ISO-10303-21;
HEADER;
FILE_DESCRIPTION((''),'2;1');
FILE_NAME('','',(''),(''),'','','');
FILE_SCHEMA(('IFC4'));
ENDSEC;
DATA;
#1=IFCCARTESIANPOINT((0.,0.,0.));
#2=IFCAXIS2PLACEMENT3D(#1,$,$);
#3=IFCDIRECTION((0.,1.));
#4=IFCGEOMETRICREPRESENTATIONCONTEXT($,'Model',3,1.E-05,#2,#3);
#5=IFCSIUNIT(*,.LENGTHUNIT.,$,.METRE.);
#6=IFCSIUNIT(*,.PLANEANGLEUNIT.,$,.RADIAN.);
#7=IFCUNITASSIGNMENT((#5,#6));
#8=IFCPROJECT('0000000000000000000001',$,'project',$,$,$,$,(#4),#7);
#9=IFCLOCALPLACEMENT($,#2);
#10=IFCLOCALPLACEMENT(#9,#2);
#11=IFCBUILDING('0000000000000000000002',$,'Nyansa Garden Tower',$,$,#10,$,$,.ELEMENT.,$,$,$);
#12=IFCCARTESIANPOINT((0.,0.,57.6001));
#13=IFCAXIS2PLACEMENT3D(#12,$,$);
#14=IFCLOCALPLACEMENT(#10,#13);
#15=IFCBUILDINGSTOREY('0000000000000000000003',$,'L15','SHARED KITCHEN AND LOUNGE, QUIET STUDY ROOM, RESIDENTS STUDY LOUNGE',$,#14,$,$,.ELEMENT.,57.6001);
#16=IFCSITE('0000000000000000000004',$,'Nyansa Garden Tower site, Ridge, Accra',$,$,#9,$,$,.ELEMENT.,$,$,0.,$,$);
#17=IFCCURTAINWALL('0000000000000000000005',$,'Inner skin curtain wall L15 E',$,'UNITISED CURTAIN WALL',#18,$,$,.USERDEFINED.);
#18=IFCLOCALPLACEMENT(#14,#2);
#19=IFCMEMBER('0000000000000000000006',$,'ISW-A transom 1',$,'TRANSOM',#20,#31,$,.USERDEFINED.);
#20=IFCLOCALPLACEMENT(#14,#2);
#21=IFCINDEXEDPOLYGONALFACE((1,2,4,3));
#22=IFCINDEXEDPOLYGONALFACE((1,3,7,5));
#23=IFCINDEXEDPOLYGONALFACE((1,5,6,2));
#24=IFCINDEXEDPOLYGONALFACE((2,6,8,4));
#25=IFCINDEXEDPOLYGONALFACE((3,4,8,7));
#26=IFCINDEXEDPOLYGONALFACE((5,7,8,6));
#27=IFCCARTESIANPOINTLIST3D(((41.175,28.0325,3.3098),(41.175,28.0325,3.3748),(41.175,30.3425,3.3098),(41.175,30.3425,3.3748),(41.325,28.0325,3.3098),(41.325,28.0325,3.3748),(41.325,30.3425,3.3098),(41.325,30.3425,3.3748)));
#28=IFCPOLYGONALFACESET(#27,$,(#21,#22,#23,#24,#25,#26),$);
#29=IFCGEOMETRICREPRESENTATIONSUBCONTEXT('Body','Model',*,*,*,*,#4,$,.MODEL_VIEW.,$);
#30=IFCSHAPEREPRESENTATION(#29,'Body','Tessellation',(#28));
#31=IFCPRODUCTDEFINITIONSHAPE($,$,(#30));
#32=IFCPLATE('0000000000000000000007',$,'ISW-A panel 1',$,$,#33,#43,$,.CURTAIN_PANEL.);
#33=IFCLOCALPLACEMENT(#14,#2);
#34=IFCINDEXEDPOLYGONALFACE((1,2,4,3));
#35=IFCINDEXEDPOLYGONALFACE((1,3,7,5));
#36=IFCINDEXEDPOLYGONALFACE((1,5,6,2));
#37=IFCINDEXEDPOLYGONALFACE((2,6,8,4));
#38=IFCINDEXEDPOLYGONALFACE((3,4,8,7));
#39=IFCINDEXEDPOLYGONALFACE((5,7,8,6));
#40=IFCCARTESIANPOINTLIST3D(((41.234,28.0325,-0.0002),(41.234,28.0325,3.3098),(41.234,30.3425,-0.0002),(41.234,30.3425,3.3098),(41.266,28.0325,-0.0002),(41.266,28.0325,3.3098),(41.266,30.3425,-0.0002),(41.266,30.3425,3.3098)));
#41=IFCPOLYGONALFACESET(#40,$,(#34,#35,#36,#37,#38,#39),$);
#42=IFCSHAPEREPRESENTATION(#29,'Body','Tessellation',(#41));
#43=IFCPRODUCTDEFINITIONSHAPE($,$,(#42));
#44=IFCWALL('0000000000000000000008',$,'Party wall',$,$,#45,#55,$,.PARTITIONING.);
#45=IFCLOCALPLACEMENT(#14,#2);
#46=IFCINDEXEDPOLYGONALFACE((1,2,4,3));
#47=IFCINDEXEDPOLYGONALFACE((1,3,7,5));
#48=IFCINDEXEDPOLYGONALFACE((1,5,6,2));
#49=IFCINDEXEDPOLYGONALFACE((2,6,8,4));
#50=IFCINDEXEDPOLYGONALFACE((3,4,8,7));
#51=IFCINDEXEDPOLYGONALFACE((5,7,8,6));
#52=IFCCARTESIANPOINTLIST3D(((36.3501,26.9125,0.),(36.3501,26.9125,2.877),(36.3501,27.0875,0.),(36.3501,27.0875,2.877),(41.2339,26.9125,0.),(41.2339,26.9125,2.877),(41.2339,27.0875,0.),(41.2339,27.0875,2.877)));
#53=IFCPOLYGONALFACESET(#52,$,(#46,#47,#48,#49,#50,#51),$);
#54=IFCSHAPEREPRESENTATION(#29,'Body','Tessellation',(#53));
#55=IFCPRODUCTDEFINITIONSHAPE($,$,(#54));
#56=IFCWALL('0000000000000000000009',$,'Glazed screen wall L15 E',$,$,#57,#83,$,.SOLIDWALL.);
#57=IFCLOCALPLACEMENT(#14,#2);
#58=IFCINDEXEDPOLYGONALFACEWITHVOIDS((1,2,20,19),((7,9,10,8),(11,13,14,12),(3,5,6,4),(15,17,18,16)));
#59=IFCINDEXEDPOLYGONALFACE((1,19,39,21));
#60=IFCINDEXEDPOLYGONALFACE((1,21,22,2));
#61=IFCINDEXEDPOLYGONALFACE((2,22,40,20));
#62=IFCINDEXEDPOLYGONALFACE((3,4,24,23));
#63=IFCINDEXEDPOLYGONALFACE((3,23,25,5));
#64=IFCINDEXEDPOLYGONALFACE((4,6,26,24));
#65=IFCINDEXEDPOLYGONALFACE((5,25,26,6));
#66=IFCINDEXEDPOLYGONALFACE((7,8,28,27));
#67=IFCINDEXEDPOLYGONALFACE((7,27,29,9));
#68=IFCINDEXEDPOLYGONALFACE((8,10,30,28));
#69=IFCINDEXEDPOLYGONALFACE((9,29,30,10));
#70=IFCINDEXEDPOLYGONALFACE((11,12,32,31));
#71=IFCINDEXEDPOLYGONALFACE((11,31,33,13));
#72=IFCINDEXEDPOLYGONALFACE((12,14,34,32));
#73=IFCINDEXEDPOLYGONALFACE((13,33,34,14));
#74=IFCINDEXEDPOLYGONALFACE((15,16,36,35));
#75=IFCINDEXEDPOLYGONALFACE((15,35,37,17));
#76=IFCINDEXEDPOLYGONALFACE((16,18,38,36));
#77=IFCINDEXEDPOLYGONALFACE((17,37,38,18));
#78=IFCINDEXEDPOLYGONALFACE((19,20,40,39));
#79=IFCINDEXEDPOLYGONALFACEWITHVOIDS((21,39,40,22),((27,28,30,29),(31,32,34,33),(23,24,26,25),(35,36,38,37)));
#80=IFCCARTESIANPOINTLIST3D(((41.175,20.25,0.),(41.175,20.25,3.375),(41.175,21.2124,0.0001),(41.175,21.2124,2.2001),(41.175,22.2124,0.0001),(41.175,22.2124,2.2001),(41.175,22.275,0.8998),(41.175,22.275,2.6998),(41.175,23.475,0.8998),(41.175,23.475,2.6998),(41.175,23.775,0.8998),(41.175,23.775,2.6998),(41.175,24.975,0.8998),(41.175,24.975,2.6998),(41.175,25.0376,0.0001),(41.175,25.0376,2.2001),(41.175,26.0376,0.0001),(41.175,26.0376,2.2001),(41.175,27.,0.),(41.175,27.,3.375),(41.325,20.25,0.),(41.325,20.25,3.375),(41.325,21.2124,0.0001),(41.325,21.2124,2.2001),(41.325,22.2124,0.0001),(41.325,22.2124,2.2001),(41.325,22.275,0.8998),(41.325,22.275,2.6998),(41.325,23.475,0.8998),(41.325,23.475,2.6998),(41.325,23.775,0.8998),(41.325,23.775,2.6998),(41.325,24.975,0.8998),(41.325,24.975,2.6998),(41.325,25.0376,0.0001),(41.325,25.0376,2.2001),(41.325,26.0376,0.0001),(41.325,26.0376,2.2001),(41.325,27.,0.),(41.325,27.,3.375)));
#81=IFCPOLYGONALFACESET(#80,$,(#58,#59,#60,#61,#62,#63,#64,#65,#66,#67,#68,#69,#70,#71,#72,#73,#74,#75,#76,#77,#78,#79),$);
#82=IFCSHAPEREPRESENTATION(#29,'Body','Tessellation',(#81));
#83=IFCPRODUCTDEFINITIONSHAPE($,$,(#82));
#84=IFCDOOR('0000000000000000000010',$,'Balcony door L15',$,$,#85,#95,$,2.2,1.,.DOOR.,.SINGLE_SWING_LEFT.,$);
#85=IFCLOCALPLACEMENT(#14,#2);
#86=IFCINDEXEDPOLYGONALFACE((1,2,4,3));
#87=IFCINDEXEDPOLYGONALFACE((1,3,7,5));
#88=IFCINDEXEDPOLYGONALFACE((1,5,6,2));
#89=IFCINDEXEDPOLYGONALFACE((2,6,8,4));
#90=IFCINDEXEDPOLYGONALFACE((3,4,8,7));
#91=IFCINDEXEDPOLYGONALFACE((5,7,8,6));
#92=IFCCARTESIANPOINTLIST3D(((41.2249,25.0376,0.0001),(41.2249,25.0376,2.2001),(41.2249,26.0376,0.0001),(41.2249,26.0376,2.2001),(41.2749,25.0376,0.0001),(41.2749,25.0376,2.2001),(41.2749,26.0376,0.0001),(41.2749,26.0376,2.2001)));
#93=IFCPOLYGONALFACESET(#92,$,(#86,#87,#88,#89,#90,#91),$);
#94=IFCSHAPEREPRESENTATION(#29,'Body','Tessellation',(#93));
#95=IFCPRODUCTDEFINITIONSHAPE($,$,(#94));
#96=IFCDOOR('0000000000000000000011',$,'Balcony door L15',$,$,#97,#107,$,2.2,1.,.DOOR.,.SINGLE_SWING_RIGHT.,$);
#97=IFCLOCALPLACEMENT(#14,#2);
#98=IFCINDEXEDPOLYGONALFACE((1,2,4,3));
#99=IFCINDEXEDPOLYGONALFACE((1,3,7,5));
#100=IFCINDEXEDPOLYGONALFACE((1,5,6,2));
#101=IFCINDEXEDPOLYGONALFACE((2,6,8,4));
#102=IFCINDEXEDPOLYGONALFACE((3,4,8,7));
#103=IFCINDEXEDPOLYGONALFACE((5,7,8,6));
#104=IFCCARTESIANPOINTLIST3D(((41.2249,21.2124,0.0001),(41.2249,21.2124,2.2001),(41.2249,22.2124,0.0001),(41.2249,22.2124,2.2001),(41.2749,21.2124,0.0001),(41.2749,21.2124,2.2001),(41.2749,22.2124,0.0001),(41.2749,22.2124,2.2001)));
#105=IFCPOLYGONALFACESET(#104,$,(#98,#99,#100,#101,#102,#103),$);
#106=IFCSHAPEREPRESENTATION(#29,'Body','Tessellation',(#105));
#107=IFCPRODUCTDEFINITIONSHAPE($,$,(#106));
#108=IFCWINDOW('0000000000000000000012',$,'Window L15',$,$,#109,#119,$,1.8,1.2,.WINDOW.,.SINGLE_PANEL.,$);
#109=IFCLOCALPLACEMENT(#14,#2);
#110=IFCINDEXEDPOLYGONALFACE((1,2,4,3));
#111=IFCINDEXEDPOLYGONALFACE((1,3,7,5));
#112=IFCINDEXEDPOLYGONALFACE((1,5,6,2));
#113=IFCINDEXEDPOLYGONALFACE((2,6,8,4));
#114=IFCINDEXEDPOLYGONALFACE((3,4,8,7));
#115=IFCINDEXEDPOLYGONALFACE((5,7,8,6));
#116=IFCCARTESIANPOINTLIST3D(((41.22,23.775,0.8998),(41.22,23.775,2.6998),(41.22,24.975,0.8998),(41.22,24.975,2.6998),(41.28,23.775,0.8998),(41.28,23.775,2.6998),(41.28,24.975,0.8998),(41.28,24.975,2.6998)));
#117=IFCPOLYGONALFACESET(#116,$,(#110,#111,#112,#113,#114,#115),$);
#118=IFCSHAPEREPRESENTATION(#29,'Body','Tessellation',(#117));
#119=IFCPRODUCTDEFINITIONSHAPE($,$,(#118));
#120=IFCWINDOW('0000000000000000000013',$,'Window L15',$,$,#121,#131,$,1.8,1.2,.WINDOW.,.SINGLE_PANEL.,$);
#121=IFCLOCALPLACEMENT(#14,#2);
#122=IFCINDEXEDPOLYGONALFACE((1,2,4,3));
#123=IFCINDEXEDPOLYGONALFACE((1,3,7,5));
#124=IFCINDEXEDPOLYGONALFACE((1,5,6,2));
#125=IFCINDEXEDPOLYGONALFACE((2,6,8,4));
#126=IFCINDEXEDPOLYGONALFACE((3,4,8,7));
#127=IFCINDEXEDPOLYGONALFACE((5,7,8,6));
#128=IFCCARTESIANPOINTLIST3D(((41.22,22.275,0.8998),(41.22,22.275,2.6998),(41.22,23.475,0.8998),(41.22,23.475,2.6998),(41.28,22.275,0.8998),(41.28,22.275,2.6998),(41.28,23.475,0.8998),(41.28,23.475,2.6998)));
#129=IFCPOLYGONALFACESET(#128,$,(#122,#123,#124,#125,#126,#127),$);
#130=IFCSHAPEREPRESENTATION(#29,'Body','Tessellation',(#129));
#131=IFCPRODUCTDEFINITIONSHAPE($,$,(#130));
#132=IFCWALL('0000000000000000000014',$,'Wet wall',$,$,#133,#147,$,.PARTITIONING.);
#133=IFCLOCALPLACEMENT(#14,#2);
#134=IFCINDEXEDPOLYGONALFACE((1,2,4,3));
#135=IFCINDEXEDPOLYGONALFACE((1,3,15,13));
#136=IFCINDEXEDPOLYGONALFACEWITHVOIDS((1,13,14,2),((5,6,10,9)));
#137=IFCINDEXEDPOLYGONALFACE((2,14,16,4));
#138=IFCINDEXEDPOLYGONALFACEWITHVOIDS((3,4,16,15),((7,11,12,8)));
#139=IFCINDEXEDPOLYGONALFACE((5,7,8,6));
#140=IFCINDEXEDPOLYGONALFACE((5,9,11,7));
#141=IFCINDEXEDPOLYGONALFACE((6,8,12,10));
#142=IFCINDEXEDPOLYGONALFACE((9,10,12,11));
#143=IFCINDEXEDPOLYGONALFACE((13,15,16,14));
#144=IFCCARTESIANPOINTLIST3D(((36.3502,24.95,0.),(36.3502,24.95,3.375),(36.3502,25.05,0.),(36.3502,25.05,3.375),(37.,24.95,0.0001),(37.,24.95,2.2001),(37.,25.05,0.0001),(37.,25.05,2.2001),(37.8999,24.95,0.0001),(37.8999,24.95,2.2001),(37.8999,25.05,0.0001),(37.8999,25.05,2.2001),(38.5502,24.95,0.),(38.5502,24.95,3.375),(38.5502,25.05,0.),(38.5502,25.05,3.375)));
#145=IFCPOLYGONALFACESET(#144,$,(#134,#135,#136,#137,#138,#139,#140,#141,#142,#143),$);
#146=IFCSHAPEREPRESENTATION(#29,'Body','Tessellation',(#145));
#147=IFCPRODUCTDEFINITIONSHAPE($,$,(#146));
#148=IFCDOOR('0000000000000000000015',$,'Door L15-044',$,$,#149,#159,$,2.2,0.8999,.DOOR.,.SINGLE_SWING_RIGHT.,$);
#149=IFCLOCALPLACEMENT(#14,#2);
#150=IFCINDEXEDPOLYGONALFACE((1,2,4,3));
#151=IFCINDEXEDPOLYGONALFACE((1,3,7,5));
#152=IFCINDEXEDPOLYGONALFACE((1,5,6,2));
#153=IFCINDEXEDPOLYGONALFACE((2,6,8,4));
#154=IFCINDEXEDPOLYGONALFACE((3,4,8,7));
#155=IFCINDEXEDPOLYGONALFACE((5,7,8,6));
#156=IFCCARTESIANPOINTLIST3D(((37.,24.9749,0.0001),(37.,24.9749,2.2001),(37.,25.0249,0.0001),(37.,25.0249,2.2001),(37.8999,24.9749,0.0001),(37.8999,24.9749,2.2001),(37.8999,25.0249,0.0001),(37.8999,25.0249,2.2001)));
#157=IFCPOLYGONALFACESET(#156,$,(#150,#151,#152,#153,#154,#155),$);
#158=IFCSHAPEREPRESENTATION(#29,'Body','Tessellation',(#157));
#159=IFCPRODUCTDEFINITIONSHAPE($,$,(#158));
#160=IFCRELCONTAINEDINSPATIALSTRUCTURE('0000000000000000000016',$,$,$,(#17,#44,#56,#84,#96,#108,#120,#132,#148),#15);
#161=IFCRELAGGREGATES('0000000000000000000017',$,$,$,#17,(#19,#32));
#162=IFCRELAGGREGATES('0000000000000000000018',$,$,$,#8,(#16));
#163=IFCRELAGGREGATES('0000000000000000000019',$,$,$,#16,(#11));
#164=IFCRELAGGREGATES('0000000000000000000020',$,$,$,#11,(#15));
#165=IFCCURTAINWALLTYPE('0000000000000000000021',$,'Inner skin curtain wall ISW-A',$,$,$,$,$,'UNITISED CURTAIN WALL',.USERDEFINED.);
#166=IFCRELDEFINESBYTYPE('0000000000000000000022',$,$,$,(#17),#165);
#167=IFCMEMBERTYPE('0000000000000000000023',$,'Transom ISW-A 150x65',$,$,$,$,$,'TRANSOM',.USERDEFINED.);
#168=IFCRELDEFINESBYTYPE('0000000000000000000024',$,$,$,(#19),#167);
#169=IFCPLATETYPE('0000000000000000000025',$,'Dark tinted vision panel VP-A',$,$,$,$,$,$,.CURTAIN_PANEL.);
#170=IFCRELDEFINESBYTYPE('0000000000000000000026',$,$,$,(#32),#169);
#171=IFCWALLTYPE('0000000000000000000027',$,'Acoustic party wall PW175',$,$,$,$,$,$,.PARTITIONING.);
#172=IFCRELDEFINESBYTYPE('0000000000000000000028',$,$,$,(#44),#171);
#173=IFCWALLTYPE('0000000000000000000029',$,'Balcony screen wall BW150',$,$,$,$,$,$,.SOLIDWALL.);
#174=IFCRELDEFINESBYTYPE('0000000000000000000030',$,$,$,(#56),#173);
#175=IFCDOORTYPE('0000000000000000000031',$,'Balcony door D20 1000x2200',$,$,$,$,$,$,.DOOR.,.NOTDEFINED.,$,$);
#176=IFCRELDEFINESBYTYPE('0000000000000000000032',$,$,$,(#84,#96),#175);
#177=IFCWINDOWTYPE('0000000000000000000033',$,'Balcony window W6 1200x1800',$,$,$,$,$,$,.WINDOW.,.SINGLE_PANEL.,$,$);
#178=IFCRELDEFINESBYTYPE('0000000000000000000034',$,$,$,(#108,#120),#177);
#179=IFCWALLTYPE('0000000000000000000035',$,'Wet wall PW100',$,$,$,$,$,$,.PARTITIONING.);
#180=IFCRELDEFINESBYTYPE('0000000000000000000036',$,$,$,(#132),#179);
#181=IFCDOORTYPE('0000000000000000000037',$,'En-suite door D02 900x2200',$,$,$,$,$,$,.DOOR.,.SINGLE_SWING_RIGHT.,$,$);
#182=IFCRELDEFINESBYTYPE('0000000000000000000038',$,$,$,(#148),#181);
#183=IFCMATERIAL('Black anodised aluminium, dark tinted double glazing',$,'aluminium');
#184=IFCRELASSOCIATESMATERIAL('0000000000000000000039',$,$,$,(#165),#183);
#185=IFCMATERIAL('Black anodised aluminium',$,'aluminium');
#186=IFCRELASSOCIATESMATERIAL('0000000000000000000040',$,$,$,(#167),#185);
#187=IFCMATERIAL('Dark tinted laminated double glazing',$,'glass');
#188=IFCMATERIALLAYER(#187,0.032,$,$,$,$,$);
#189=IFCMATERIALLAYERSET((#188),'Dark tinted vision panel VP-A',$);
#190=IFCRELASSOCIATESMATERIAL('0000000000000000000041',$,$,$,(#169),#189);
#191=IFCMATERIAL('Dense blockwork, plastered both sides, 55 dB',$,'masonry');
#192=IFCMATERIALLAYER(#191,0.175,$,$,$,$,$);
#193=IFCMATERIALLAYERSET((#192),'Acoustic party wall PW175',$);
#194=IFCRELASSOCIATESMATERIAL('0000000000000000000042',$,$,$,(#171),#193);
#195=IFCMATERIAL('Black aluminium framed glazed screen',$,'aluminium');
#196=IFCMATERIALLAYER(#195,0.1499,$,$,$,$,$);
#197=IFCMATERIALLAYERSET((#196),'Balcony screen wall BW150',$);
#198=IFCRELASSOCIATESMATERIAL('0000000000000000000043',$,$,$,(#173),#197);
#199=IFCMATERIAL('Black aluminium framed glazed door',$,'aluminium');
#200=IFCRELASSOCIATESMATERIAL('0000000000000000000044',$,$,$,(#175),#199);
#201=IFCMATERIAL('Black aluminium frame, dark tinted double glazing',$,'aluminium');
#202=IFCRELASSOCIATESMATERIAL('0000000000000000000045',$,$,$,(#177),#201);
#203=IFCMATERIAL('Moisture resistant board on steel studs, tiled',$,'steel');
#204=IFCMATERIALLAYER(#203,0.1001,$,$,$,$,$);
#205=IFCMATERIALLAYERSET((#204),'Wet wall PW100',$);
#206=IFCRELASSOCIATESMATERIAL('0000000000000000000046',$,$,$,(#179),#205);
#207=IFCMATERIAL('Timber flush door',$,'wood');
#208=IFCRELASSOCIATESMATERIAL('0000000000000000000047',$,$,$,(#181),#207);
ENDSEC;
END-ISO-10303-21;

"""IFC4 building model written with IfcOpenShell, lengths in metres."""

from ifc_helpers import new_model, si_unit, direction, frame, frame_2d, origin, origin_2d, place, context, subcontext, project, spatial, rectangle, extrude, material, layer, layer_set, material_profile, profile_set, type_object, element, fill, aggregate, save


model = new_model("IFC4")

# Units and contexts
model_context = context("Model", 3, precision=1e-05, world=origin(), true_north=direction((0.0, 1.0)))
body_context = subcontext(model_context, "Body", "Model", "MODEL_VIEW")
ifc_project = project(units=[si_unit("LENGTHUNIT", "METRE"), si_unit("PLANEANGLEUNIT", "RADIAN")], contexts=[model_context])

# Site, building, storey
site_placement = place(None, origin())
site = spatial("IfcSite", under=ifc_project, at=site_placement, Name="Nyansa Garden Tower site, Ridge, Accra", CompositionType="ELEMENT", RefElevation=0.0)
building_placement = place(site_placement, origin())
building = spatial("IfcBuilding", under=site, at=building_placement, Name="Nyansa Garden Tower", CompositionType="ELEMENT")
storey_placement = place(building_placement, frame((0.0, 0.0, 57.6001)))
storey = spatial("IfcBuildingStorey", under=building, at=storey_placement, Name="L15", Description="SHARED KITCHEN AND LOUNGE, QUIET STUDY ROOM, RESIDENTS STUDY LOUNGE", CompositionType="ELEMENT", Elevation=57.6001)

# Curtain wall
ifc_material_1 = material(Name="Black anodised aluminium, dark tinted double glazing", Category="aluminium")
curtain_wall_type = type_object("IfcCurtainWallType", Name="Inner skin curtain wall ISW-A", ElementType="UNITISED CURTAIN WALL", PredefinedType="USERDEFINED", material=ifc_material_1)
curtain_wall_placement = place(storey_placement, origin())
curtain_wall = element("IfcCurtainWall", 1, at=curtain_wall_placement, inside=storey, type_object=curtain_wall_type, Name="Inner skin curtain wall L15 E", ObjectType="UNITISED CURTAIN WALL", PredefinedType="USERDEFINED")

# Member
ifc_material_2 = material(Name="Black anodised aluminium", Category="aluminium")
ifc_material_profile_1 = material_profile(ifc_material_2, rectangle(XDim=0.1499, YDim=0.0649, at=origin_2d()), Name="Transom 150x65")
ifc_profile_set_1 = profile_set([ifc_material_profile_1], Name="Black anodised aluminium")
member_type_1 = type_object("IfcMemberType", Name="Transom ISW-A 150x65", ElementType="TRANSOM", PredefinedType="USERDEFINED", material=ifc_profile_set_1)
member_1_placement = place(storey_placement, frame((41.25, 28.0325, 3.3423), z_axis=(0.0, 1.0, 0.0), x_axis=(-1.0, 0.0, 0.0)))
member_1 = element("IfcMember", 2, at=member_1_placement, type_object=member_type_1, Name="ISW-A transom 1", ObjectType="TRANSOM", PredefinedType="USERDEFINED", context=body_context, shape_type="SweptSolid", body=[
    extrude(rectangle(XDim=0.1499, YDim=0.0649, at=origin_2d()), origin(), (0.0, 0.0, 1.0), 2.3101),
])

# Plate
ifc_material_3 = material(Name="Dark tinted laminated double glazing", Category="glass")
ifc_layer_1 = layer(ifc_material_3, 0.032)
ifc_layer_set_1 = layer_set([ifc_layer_1], Name="Dark tinted vision panel VP-A")
plate_type = type_object("IfcPlateType", Name="Dark tinted vision panel VP-A", PredefinedType="CURTAIN_PANEL", material=ifc_layer_set_1)
plate_placement = place(storey_placement, frame((41.25, 29.1875, -0.0002), z_axis=(0.0, 0.0, 1.0), x_axis=(0.0, 1.0, 0.0)))
plate = element("IfcPlate", 3, at=plate_placement, type_object=plate_type, Name="ISW-A panel 1", PredefinedType="CURTAIN_PANEL", context=body_context, shape_type="SweptSolid", body=[
    extrude(rectangle(XDim=2.3101, YDim=0.032, at=origin_2d()), origin(), (0.0, 0.0, 1.0), 3.3101),
])
aggregate(curtain_wall, [member_1, plate])

# Wall
ifc_material_4 = material(Name="Dense blockwork, plastered both sides, 55 dB", Category="masonry")
ifc_layer_2 = layer(ifc_material_4, 0.175)
ifc_layer_set_2 = layer_set([ifc_layer_2], Name="Acoustic party wall PW175")
wall_type_1 = type_object("IfcWallType", Name="Acoustic party wall PW175", PredefinedType="PARTITIONING", material=ifc_layer_set_2)
wall_1_placement = place(storey_placement, frame((36.3501, 27.0, 0.0), z_axis=(0.0, 0.0, 1.0), x_axis=(1.0, 0.0, 0.0)))
element("IfcWall", 4, at=wall_1_placement, inside=storey, type_object=wall_type_1, Name="Party wall", PredefinedType="PARTITIONING", context=body_context, shape_type="SweptSolid", body=[
    extrude(rectangle(XDim=4.8838, YDim=0.175, at=frame_2d((2.4419, 0.0))), origin(), (0.0, 0.0, 1.0), 2.877),
])

# Wall, openings, doors, windows
ifc_material_5 = material(Name="Black aluminium framed glazed screen", Category="aluminium")
ifc_layer_3 = layer(ifc_material_5, 0.1499)
ifc_layer_set_3 = layer_set([ifc_layer_3], Name="Balcony screen wall BW150")
wall_type_2 = type_object("IfcWallType", Name="Balcony screen wall BW150", PredefinedType="SOLIDWALL", material=ifc_layer_set_3)
wall_2_placement = place(storey_placement, frame((41.25, 27.0, 0.0), z_axis=(0.0, 0.0, 1.0), x_axis=(0.0, -1.0, 0.0)))
wall_2 = element("IfcWall", 5, at=wall_2_placement, inside=storey, type_object=wall_type_2, Name="Glazed screen wall L15 E", PredefinedType="SOLIDWALL", context=body_context, shape_type="SweptSolid", body=[
    extrude(rectangle(XDim=6.75, YDim=0.1499, at=frame_2d((3.375, 0.0))), origin(), (0.0, 0.0, 1.0), 3.375),
])
opening_1_placement = place(wall_2_placement, frame((0.9624, 0.0, 0.0)))
opening_1 = element("IfcOpeningElement", 6, at=opening_1_placement, cuts=wall_2, PredefinedType="OPENING", context=body_context, shape_type="SweptSolid", body=[
    extrude(rectangle(XDim=1.0, YDim=2.2, at=frame_2d((0.5, 1.1001))), frame((0.0, 0.085, 0.0), z_axis=(0.0, -1.0, 0.0), x_axis=(1.0, 0.0, 0.0)), (0.0, 0.0, 1.0), 0.1699),
])
opening_2_placement = place(wall_2_placement, frame((2.0249, 0.0, 0.8999)))
opening_2 = element("IfcOpeningElement", 7, at=opening_2_placement, cuts=wall_2, PredefinedType="OPENING", context=body_context, shape_type="SweptSolid", body=[
    extrude(rectangle(XDim=1.2, YDim=1.8, at=frame_2d((0.6001, 0.8999))), frame((0.0, 0.085, 0.0), z_axis=(0.0, -1.0, 0.0), x_axis=(1.0, 0.0, 0.0)), (0.0, 0.0, 1.0), 0.1699),
])
opening_3_placement = place(wall_2_placement, frame((4.7876, 0.0, 0.0)))
opening_3 = element("IfcOpeningElement", 8, at=opening_3_placement, cuts=wall_2, PredefinedType="OPENING", context=body_context, shape_type="SweptSolid", body=[
    extrude(rectangle(XDim=1.0, YDim=2.2, at=frame_2d((0.5, 1.1001))), frame((0.0, 0.085, 0.0), z_axis=(0.0, -1.0, 0.0), x_axis=(1.0, 0.0, 0.0)), (0.0, 0.0, 1.0), 0.1699),
])
opening_4_placement = place(wall_2_placement, frame((3.5249, 0.0, 0.8999)))
opening_4 = element("IfcOpeningElement", 9, at=opening_4_placement, cuts=wall_2, PredefinedType="OPENING", context=body_context, shape_type="SweptSolid", body=[
    extrude(rectangle(XDim=1.2, YDim=1.8, at=frame_2d((0.6001, 0.8999))), frame((0.0, 0.085, 0.0), z_axis=(0.0, -1.0, 0.0), x_axis=(1.0, 0.0, 0.0)), (0.0, 0.0, 1.0), 0.1699),
])
ifc_material_6 = material(Name="Black aluminium framed glazed door", Category="aluminium")
door_type_1 = type_object("IfcDoorType", Name="Balcony door D20 1000x2200", OperationType="NOTDEFINED", PredefinedType="DOOR", material=ifc_material_6)
door_1_placement = place(opening_1_placement, origin())
door_1 = element("IfcDoor", 10, at=door_1_placement, inside=storey, type_object=door_type_1, Name="Balcony door L15", OperationType="SINGLE_SWING_LEFT", OverallHeight=2.2, OverallWidth=1.0, PredefinedType="DOOR", context=body_context, shape_type="SweptSolid", body=[
    extrude(rectangle(XDim=1.0, YDim=2.2, at=frame_2d((0.5, 1.1001))), frame((0.0, 0.0249, 0.0), z_axis=(0.0, -1.0, 0.0), x_axis=(1.0, 0.0, 0.0)), (0.0, 0.0, 1.0), 0.05),
])
fill(opening_1, door_1)
door_2_placement = place(opening_3_placement, origin())
door_2 = element("IfcDoor", 11, at=door_2_placement, inside=storey, type_object=door_type_1, Name="Balcony door L15", OperationType="SINGLE_SWING_RIGHT", OverallHeight=2.2, OverallWidth=1.0, PredefinedType="DOOR", context=body_context, shape_type="SweptSolid", body=[
    extrude(rectangle(XDim=1.0, YDim=2.2, at=frame_2d((0.5, 1.1001))), frame((0.0, 0.0249, 0.0), z_axis=(0.0, -1.0, 0.0), x_axis=(1.0, 0.0, 0.0)), (0.0, 0.0, 1.0), 0.05),
])
fill(opening_3, door_2)
ifc_material_7 = material(Name="Black aluminium frame, dark tinted double glazing", Category="aluminium")
window_type = type_object("IfcWindowType", Name="Balcony window W6 1200x1800", PartitioningType="SINGLE_PANEL", PredefinedType="WINDOW", material=ifc_material_7)
window_1_placement = place(opening_2_placement, origin())
window_1 = element("IfcWindow", 12, at=window_1_placement, inside=storey, type_object=window_type, Name="Window L15", OverallHeight=1.8, OverallWidth=1.2, PartitioningType="SINGLE_PANEL", PredefinedType="WINDOW", context=body_context, shape_type="SweptSolid", body=[
    extrude(rectangle(XDim=1.2, YDim=1.8, at=frame_2d((0.6001, 0.8999))), frame((0.0, 0.03, 0.0), z_axis=(0.0, -1.0, 0.0), x_axis=(1.0, 0.0, 0.0)), (0.0, 0.0, 1.0), 0.0601),
])
fill(opening_2, window_1)
window_2_placement = place(opening_4_placement, origin())
window_2 = element("IfcWindow", 13, at=window_2_placement, inside=storey, type_object=window_type, Name="Window L15", OverallHeight=1.8, OverallWidth=1.2, PartitioningType="SINGLE_PANEL", PredefinedType="WINDOW", context=body_context, shape_type="SweptSolid", body=[
    extrude(rectangle(XDim=1.2, YDim=1.8, at=frame_2d((0.6001, 0.8999))), frame((0.0, 0.03, 0.0), z_axis=(0.0, -1.0, 0.0), x_axis=(1.0, 0.0, 0.0)), (0.0, 0.0, 1.0), 0.0601),
])
fill(opening_4, window_2)

# Wall, opening, door
ifc_material_8 = material(Name="Moisture resistant board on steel studs, tiled", Category="steel")
ifc_layer_4 = layer(ifc_material_8, 0.1001)
ifc_layer_set_4 = layer_set([ifc_layer_4], Name="Wet wall PW100")
wall_type_3 = type_object("IfcWallType", Name="Wet wall PW100", PredefinedType="PARTITIONING", material=ifc_layer_set_4)
wall_3_placement = place(storey_placement, frame((36.3501, 25.0, 0.0), z_axis=(0.0, 0.0, 1.0), x_axis=(1.0, 0.0, 0.0)))
wall_3 = element("IfcWall", 14, at=wall_3_placement, inside=storey, type_object=wall_type_3, Name="Wet wall", PredefinedType="PARTITIONING", context=body_context, shape_type="SweptSolid", body=[
    extrude(rectangle(XDim=2.2, YDim=0.1001, at=frame_2d((1.1001, 0.0))), origin(), (0.0, 0.0, 1.0), 3.375),
])
opening_5_placement = place(wall_3_placement, frame((0.6499, 0.0, 0.0)))
opening_5 = element("IfcOpeningElement", 15, at=opening_5_placement, cuts=wall_3, PredefinedType="OPENING", context=body_context, shape_type="SweptSolid", body=[
    extrude(rectangle(XDim=0.8999, YDim=2.2, at=frame_2d((0.45, 1.1001))), frame((0.0, 0.0601, 0.0), z_axis=(0.0, -1.0, 0.0), x_axis=(1.0, 0.0, 0.0)), (0.0, 0.0, 1.0), 0.1201),
])
ifc_material_9 = material(Name="Timber flush door", Category="wood")
door_type_2 = type_object("IfcDoorType", Name="En-suite door D02 900x2200", OperationType="SINGLE_SWING_RIGHT", PredefinedType="DOOR", material=ifc_material_9)
door_3_placement = place(opening_5_placement, origin())
door_3 = element("IfcDoor", 16, at=door_3_placement, inside=storey, type_object=door_type_2, Name="Door L15-044", OperationType="SINGLE_SWING_RIGHT", OverallHeight=2.2, OverallWidth=0.8999, PredefinedType="DOOR", context=body_context, shape_type="SweptSolid", body=[
    extrude(rectangle(XDim=0.8999, YDim=2.2, at=frame_2d((0.45, 1.1001))), frame((0.0, 0.0249, 0.0), z_axis=(0.0, -1.0, 0.0), x_axis=(1.0, 0.0, 0.0)), (0.0, 0.0, 1.0), 0.05),
])
fill(opening_5, door_3)

save(model, "model.ifc")
